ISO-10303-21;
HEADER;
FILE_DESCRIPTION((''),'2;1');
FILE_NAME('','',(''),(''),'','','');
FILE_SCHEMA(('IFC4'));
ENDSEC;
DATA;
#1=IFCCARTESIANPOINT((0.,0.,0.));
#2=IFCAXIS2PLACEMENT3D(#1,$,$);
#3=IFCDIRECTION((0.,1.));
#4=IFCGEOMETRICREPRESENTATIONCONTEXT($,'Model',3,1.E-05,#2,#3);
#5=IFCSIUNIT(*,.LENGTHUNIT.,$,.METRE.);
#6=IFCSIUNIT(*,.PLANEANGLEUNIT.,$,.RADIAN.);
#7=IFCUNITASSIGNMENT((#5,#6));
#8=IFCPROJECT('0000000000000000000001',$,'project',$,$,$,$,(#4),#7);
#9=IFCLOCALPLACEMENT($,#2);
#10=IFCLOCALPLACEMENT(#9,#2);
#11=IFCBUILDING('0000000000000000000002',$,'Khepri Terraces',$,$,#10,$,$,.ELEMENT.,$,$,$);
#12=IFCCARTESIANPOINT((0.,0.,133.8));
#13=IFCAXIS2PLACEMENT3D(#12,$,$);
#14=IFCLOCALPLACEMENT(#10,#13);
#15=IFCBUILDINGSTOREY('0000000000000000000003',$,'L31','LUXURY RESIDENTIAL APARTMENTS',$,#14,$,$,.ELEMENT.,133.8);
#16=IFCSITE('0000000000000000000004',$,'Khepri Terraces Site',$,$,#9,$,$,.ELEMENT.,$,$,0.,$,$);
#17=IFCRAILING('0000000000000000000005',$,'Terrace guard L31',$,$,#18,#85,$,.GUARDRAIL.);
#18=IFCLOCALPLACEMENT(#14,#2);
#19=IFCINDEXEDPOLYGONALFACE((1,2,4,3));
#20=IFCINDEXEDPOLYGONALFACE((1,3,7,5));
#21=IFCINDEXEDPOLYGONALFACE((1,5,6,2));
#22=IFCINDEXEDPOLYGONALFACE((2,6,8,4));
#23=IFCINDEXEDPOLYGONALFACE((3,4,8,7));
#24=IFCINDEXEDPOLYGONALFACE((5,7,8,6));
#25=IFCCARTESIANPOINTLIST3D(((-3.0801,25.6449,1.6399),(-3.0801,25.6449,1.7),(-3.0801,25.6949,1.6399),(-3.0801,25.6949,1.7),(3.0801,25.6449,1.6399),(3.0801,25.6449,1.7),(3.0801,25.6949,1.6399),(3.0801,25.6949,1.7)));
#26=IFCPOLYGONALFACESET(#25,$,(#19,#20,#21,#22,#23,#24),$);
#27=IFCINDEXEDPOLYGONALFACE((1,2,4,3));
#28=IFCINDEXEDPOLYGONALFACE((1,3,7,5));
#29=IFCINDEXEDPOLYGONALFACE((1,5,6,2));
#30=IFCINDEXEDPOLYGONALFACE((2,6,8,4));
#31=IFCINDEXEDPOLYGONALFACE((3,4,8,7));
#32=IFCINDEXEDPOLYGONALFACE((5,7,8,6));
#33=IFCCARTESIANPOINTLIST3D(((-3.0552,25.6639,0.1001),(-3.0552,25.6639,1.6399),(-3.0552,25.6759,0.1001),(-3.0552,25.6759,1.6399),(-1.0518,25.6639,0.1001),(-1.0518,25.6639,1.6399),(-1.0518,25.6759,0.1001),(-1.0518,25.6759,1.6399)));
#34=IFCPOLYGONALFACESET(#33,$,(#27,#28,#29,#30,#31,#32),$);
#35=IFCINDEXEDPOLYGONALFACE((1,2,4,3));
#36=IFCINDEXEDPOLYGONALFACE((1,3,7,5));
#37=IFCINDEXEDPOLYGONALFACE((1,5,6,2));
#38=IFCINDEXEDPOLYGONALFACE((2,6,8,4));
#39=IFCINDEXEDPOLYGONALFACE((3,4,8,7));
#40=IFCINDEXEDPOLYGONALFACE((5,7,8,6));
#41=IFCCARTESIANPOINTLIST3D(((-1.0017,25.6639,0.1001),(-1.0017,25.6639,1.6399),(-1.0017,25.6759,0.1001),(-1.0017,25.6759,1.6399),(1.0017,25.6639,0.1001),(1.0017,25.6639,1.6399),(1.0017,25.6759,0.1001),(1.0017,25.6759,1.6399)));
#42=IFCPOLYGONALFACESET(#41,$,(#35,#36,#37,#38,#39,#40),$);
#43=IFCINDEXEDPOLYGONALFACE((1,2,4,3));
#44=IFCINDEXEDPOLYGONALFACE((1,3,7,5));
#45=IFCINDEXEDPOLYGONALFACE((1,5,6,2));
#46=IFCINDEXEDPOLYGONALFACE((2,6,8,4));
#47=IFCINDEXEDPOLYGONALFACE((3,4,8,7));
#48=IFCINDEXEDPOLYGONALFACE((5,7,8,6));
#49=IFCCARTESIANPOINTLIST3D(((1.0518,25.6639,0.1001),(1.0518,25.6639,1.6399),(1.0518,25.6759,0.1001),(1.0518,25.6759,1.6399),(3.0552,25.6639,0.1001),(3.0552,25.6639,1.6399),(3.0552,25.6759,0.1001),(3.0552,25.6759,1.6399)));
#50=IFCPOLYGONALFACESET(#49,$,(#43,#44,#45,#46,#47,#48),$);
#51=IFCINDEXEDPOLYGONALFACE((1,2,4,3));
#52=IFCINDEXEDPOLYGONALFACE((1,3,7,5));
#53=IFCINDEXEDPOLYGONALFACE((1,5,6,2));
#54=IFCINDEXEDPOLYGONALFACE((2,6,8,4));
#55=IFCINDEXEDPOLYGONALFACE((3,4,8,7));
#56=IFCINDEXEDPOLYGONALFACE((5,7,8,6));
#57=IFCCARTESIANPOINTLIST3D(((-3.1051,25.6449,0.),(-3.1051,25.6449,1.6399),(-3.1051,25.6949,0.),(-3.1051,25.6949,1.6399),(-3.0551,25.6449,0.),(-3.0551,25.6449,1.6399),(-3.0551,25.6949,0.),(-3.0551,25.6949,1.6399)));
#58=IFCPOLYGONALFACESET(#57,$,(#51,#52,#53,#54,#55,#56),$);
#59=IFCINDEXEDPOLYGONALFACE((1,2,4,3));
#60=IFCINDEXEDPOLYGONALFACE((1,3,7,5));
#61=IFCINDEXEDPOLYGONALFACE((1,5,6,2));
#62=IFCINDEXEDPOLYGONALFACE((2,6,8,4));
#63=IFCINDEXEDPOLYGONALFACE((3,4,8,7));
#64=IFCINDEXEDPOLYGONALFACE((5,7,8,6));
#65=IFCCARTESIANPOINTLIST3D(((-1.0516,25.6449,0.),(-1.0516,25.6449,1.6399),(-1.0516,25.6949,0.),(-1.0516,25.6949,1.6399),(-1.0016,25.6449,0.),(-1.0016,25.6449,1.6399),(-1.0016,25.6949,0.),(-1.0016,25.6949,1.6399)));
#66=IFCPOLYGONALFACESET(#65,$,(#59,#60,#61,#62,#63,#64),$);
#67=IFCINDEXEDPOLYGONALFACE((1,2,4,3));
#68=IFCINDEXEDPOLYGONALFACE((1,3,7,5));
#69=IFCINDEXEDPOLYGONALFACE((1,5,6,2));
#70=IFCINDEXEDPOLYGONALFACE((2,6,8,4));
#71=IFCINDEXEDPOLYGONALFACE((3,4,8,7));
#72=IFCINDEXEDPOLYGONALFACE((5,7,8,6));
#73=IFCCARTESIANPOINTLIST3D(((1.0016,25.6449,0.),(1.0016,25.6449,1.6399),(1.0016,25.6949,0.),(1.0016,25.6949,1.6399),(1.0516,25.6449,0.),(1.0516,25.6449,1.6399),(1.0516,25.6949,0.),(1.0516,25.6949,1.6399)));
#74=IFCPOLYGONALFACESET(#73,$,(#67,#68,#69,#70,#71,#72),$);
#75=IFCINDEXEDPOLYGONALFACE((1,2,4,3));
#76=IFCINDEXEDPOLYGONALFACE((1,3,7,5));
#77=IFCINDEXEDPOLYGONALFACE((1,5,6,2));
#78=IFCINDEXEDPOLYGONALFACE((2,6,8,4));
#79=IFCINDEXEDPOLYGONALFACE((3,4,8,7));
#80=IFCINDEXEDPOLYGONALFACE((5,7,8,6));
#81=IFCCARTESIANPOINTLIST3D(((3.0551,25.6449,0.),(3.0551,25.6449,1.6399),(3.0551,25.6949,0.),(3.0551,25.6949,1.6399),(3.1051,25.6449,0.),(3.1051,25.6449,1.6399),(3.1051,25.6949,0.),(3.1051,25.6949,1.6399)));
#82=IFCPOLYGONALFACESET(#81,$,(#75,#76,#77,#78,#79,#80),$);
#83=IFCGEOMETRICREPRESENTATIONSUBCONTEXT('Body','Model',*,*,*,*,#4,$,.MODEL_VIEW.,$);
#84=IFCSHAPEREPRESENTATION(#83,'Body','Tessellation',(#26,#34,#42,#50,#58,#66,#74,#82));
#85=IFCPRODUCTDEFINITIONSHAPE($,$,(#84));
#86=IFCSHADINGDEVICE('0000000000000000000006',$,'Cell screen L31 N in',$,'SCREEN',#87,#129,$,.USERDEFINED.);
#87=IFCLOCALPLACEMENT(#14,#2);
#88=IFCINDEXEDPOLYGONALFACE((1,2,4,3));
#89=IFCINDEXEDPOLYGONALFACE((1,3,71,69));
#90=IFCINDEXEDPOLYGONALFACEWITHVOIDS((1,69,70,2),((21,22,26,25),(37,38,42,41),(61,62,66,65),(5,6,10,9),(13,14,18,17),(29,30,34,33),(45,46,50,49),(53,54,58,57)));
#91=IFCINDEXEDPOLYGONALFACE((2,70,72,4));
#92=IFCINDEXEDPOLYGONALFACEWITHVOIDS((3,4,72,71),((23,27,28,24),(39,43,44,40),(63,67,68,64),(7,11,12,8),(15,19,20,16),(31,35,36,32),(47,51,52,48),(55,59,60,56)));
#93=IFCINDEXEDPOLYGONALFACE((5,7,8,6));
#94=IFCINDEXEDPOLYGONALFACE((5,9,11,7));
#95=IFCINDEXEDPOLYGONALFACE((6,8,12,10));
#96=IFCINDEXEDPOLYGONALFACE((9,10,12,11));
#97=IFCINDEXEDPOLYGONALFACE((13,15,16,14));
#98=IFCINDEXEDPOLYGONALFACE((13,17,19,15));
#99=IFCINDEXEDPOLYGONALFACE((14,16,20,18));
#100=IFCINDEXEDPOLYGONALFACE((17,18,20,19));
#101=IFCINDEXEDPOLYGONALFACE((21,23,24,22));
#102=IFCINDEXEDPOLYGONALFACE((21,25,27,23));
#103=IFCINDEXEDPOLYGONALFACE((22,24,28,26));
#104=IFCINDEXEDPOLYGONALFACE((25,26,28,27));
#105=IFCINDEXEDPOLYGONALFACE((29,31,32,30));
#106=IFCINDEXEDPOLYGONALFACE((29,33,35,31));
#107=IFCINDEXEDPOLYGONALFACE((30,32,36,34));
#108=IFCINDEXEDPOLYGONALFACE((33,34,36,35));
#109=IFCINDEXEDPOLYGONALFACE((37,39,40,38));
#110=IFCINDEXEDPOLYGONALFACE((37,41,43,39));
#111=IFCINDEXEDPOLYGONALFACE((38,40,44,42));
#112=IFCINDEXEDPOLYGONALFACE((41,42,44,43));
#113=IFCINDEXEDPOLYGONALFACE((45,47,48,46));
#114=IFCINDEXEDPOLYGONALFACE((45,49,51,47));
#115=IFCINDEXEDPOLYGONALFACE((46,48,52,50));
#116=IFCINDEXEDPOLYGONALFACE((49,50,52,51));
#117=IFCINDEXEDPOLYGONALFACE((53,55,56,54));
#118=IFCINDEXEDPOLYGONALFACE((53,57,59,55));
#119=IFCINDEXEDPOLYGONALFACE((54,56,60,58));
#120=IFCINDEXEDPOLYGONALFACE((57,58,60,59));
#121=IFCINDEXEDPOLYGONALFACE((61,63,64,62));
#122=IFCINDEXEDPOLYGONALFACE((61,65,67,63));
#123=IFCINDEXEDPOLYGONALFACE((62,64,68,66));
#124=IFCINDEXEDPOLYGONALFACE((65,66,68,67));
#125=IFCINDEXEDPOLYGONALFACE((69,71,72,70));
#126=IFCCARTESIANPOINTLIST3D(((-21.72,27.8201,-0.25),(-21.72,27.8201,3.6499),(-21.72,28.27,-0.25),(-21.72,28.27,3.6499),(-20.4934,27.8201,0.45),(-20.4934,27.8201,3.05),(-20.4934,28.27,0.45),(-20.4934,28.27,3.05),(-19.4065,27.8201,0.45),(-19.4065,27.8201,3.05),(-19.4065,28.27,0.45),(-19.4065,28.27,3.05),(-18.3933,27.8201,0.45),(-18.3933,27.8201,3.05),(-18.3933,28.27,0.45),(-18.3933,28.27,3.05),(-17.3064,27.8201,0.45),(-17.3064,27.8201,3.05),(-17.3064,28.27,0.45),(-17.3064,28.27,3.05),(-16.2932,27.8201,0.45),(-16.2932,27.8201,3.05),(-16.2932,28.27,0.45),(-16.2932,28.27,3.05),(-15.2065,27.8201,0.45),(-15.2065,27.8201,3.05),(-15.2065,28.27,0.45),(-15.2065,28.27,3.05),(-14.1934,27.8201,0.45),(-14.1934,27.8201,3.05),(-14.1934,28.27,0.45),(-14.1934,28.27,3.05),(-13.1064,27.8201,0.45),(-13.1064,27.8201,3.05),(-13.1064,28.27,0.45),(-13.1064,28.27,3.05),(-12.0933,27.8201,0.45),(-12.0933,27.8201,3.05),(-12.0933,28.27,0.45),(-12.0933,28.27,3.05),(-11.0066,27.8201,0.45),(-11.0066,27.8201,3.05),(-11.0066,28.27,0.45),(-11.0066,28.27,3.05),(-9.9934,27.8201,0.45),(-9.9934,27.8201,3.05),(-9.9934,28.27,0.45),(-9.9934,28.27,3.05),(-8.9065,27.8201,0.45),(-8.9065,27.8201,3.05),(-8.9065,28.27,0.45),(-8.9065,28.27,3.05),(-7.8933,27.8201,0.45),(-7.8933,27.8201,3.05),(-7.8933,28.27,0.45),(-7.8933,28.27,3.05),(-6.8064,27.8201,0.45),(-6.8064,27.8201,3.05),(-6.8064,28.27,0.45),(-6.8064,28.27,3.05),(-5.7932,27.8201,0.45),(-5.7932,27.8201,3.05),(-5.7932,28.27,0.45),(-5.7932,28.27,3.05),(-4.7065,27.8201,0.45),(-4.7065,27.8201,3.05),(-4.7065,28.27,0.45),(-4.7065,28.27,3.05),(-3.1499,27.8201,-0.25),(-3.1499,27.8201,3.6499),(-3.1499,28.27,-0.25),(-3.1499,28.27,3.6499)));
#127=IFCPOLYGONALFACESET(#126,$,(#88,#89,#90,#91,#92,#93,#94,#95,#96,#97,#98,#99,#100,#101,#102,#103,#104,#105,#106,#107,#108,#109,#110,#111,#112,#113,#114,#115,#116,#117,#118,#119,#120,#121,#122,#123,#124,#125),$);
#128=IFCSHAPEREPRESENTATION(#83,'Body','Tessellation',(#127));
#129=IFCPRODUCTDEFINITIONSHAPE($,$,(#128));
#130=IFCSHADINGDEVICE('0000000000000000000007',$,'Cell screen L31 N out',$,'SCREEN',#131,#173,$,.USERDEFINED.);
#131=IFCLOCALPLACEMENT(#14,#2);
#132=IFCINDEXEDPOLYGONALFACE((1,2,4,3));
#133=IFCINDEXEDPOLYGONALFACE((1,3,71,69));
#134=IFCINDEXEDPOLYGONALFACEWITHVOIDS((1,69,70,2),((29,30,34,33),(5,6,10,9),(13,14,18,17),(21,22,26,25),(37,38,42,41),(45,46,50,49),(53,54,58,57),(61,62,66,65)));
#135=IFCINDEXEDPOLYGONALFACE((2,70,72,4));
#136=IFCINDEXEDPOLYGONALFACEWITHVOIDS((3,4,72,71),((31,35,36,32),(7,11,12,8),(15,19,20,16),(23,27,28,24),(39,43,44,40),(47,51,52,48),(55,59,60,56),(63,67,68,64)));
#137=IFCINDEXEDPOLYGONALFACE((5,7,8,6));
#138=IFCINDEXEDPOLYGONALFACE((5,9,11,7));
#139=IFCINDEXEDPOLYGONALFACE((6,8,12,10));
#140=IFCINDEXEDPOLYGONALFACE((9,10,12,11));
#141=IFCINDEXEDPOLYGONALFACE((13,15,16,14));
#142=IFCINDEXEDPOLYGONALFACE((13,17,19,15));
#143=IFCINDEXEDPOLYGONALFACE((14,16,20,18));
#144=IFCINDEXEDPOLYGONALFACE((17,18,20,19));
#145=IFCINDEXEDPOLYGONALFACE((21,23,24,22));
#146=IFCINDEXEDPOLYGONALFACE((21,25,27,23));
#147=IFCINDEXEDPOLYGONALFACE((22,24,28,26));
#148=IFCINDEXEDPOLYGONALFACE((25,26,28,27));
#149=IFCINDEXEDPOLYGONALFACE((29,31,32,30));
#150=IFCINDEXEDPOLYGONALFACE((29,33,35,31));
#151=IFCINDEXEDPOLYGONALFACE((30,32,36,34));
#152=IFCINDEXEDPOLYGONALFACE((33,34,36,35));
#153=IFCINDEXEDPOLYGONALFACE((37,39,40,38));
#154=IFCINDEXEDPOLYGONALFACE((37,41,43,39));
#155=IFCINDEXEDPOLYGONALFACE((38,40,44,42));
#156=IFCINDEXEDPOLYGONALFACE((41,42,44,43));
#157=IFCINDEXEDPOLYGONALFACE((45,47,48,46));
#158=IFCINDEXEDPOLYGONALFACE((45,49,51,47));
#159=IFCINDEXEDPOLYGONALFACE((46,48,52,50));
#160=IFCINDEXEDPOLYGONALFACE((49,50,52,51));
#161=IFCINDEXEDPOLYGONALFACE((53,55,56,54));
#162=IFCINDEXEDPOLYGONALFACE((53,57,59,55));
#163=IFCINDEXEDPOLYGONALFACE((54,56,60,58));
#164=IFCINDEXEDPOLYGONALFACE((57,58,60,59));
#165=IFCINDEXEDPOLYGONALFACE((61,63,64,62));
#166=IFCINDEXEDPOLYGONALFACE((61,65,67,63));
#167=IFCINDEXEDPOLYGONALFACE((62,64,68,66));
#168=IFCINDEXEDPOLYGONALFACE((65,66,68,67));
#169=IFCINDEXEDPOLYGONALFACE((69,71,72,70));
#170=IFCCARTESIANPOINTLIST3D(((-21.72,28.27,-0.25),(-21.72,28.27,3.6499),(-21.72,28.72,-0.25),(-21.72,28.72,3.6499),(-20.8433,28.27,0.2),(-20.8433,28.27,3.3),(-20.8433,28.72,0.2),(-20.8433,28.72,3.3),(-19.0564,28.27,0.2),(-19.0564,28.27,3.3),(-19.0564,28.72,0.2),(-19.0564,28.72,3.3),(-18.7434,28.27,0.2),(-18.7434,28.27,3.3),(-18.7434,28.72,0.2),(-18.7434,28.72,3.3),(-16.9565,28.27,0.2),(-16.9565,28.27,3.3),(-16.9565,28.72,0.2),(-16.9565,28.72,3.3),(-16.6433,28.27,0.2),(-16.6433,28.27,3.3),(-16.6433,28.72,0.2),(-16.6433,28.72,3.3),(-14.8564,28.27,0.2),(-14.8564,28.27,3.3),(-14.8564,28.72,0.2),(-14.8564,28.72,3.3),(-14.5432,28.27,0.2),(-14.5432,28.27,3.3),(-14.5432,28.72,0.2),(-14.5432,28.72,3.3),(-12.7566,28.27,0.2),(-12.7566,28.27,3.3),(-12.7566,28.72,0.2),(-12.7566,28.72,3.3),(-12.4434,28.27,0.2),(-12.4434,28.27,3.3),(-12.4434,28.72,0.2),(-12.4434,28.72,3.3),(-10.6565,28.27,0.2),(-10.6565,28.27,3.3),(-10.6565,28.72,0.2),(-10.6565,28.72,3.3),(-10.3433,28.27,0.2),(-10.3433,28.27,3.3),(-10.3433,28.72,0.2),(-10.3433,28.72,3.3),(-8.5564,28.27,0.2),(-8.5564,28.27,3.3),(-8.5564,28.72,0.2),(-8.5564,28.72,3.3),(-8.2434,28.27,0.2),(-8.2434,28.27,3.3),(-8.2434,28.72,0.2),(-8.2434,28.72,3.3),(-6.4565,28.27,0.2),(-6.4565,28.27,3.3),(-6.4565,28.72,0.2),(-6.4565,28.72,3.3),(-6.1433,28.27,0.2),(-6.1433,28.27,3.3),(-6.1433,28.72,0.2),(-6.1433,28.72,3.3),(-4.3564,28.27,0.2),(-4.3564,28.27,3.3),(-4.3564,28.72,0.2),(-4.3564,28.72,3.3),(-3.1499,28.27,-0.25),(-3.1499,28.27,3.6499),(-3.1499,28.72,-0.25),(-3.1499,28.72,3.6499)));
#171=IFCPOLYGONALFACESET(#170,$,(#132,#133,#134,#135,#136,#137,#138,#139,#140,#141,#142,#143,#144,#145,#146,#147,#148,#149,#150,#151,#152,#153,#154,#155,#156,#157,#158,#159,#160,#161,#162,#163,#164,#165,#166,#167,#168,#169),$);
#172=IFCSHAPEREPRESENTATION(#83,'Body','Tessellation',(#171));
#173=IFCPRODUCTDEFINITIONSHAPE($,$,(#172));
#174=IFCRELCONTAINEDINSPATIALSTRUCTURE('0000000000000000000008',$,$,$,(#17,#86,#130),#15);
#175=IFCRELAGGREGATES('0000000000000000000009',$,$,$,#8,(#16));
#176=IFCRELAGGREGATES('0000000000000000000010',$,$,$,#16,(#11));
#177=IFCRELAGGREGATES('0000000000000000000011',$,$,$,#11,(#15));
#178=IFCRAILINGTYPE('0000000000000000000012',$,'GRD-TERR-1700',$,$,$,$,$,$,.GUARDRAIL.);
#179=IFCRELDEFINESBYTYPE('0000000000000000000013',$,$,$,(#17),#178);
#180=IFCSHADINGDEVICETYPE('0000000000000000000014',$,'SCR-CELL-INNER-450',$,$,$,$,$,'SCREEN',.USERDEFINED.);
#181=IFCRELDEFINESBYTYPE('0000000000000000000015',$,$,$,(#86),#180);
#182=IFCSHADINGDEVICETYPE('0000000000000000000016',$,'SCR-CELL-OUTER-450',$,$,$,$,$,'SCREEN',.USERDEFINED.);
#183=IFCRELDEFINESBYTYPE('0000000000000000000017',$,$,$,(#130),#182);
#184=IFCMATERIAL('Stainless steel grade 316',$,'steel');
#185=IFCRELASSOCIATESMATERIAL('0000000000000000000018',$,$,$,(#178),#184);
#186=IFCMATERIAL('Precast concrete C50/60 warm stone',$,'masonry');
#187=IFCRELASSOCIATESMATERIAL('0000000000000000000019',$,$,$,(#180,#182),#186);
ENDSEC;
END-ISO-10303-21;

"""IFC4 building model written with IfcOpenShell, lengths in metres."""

from ifc_helpers import new_model, si_unit, direction, frame, origin, origin_2d, place, context, subcontext, project, spatial, polyline, rectangle, outline, extrude, material, type_object, element, save


model = new_model("IFC4")

# Units and contexts
model_context = context("Model", 3, precision=1e-05, world=origin(), true_north=direction((0.0, 1.0)))
body_context = subcontext(model_context, "Body", "Model", "MODEL_VIEW")
ifc_project = project(units=[si_unit("LENGTHUNIT", "METRE"), si_unit("PLANEANGLEUNIT", "RADIAN")], contexts=[model_context])

# Site, building, storey
site_placement = place(None, origin())
site = spatial("IfcSite", under=ifc_project, at=site_placement, Name="Khepri Terraces Site", CompositionType="ELEMENT", RefElevation=0.0)
building_placement = place(site_placement, origin())
building = spatial("IfcBuilding", under=site, at=building_placement, Name="Khepri Terraces", CompositionType="ELEMENT")
storey_placement = place(building_placement, frame((0.0, 0.0, 133.8)))
storey = spatial("IfcBuildingStorey", under=building, at=storey_placement, Name="L31", Description="LUXURY RESIDENTIAL APARTMENTS", CompositionType="ELEMENT", Elevation=133.8)

# Shared definitions
ifc_material_1 = material(Name="Precast concrete C50/60 warm stone", Category="masonry")

# Railing
ifc_material_2 = material(Name="Stainless steel grade 316", Category="steel")
railing_type_1 = type_object("IfcRailingType", Name="GRD-TERR-1700", PredefinedType="GUARDRAIL", material=ifc_material_2)
railing_1_placement = place(storey_placement, frame((-3.0801, 25.6699, 0.0)))
element("IfcRailing", 1, at=railing_1_placement, inside=storey, type_object=railing_type_1, Name="Terrace guard L31", PredefinedType="GUARDRAIL", context=body_context, shape_type="SweptSolid", body=[
    extrude(rectangle(XDim=0.05, YDim=0.0601, at=origin_2d()), frame((0.0, 0.0, 1.6699), z_axis=(1.0, 0.0, 0.0), x_axis=(0.0, 1.0, 0.0)), (0.0, 0.0, 1.0), 6.1602),
    extrude(rectangle(XDim=2.0034, YDim=0.012, at=origin_2d()), frame((1.0266, 0.0, 0.1001), z_axis=(0.0, 0.0, 1.0), x_axis=(1.0, 0.0, 0.0)), (0.0, 0.0, 1.0), 1.5398),
    extrude(rectangle(XDim=2.0034, YDim=0.012, at=origin_2d()), frame((3.0801, 0.0, 0.1001), z_axis=(0.0, 0.0, 1.0), x_axis=(1.0, 0.0, 0.0)), (0.0, 0.0, 1.0), 1.5398),
    extrude(rectangle(XDim=2.0034, YDim=0.012, at=origin_2d()), frame((5.1335, 0.0, 0.1001), z_axis=(0.0, 0.0, 1.0), x_axis=(1.0, 0.0, 0.0)), (0.0, 0.0, 1.0), 1.5398),
    extrude(rectangle(XDim=0.05, YDim=0.05, at=origin_2d()), origin(), (0.0, 0.0, 1.0), 1.6399),
    extrude(rectangle(XDim=0.05, YDim=0.05, at=origin_2d()), frame((2.0535, 0.0, 0.0)), (0.0, 0.0, 1.0), 1.6399),
    extrude(rectangle(XDim=0.05, YDim=0.05, at=origin_2d()), frame((4.1067, 0.0, 0.0)), (0.0, 0.0, 1.0), 1.6399),
    extrude(rectangle(XDim=0.05, YDim=0.05, at=origin_2d()), frame((6.1602, 0.0, 0.0)), (0.0, 0.0, 1.0), 1.6399),
])

# Shading devices
shading_device_type_1 = type_object("IfcShadingDeviceType", Name="SCR-CELL-INNER-450", ElementType="SCREEN", PredefinedType="USERDEFINED", material=ifc_material_1)
shading_device_1_placement = place(storey_placement, frame((-3.1499, 27.8201, -0.25), z_axis=(0.0, 1.0, 0.0), x_axis=(-1.0, 0.0, 0.0)))
element("IfcShadingDevice", 2, at=shading_device_1_placement, inside=storey, type_object=shading_device_type_1, Name="Cell screen L31 N in", ObjectType="SCREEN", PredefinedType="USERDEFINED", context=body_context, shape_type="SweptSolid", body=[
    extrude(outline(polyline([(0.0, 0.0), (18.5701, 0.0), (18.5701, 3.8999), (0.0, 3.8999), (0.0, 0.0)]), holes=[polyline([(1.5566, 0.7), (2.6433, 0.7), (2.6433, 3.3), (1.5566, 3.3), (1.5566, 0.7)]), polyline([(3.6565, 0.7), (4.7434, 0.7), (4.7434, 3.3), (3.6565, 3.3), (3.6565, 0.7)]), polyline([(5.7566, 0.7), (6.8435, 0.7), (6.8435, 3.3), (5.7566, 3.3), (5.7566, 0.7)]), polyline([(7.8567, 0.7), (8.9434, 0.7), (8.9434, 3.3), (7.8567, 3.3), (7.8567, 0.7)]), polyline([(9.9565, 0.7), (11.0435, 0.7), (11.0435, 3.3), (9.9565, 3.3), (9.9565, 0.7)]), polyline([(12.0566, 0.7), (13.1433, 0.7), (13.1433, 3.3), (12.0566, 3.3), (12.0566, 0.7)]), polyline([(14.1565, 0.7), (15.2434, 0.7), (15.2434, 3.3), (14.1565, 3.3), (14.1565, 0.7)]), polyline([(16.2566, 0.7), (17.3435, 0.7), (17.3435, 3.3), (16.2566, 3.3), (16.2566, 0.7)])]), origin(), (0.0, 0.0, 1.0), 0.45),
])
shading_device_type_2 = type_object("IfcShadingDeviceType", Name="SCR-CELL-OUTER-450", ElementType="SCREEN", PredefinedType="USERDEFINED", material=ifc_material_1)
shading_device_2_placement = place(storey_placement, frame((-3.1499, 28.27, -0.25), z_axis=(0.0, 1.0, 0.0), x_axis=(-1.0, 0.0, 0.0)))
element("IfcShadingDevice", 3, at=shading_device_2_placement, inside=storey, type_object=shading_device_type_2, Name="Cell screen L31 N out", ObjectType="SCREEN", PredefinedType="USERDEFINED", context=body_context, shape_type="SweptSolid", body=[
    extrude(outline(polyline([(0.0, 0.0), (18.5701, 0.0), (18.5701, 3.8999), (0.0, 3.8999), (0.0, 0.0)]), holes=[polyline([(1.2065, 0.45), (2.9934, 0.45), (2.9934, 3.55), (1.2065, 3.55), (1.2065, 0.45)]), polyline([(3.3066, 0.45), (5.0935, 0.45), (5.0935, 3.55), (3.3066, 3.55), (3.3066, 0.45)]), polyline([(5.4065, 0.45), (7.1934, 0.45), (7.1934, 3.55), (5.4065, 3.55), (5.4065, 0.45)]), polyline([(7.5066, 0.45), (9.2935, 0.45), (9.2935, 3.55), (7.5066, 3.55), (7.5066, 0.45)]), polyline([(9.6067, 0.45), (11.3933, 0.45), (11.3933, 3.55), (9.6067, 3.55), (9.6067, 0.45)]), polyline([(11.7065, 0.45), (13.4934, 0.45), (13.4934, 3.55), (11.7065, 3.55), (11.7065, 0.45)]), polyline([(13.8066, 0.45), (15.5935, 0.45), (15.5935, 3.55), (13.8066, 3.55), (13.8066, 0.45)]), polyline([(15.9065, 0.45), (17.6934, 0.45), (17.6934, 3.55), (15.9065, 3.55), (15.9065, 0.45)])]), origin(), (0.0, 0.0, 1.0), 0.45),
])

save(model, "model.ifc")
